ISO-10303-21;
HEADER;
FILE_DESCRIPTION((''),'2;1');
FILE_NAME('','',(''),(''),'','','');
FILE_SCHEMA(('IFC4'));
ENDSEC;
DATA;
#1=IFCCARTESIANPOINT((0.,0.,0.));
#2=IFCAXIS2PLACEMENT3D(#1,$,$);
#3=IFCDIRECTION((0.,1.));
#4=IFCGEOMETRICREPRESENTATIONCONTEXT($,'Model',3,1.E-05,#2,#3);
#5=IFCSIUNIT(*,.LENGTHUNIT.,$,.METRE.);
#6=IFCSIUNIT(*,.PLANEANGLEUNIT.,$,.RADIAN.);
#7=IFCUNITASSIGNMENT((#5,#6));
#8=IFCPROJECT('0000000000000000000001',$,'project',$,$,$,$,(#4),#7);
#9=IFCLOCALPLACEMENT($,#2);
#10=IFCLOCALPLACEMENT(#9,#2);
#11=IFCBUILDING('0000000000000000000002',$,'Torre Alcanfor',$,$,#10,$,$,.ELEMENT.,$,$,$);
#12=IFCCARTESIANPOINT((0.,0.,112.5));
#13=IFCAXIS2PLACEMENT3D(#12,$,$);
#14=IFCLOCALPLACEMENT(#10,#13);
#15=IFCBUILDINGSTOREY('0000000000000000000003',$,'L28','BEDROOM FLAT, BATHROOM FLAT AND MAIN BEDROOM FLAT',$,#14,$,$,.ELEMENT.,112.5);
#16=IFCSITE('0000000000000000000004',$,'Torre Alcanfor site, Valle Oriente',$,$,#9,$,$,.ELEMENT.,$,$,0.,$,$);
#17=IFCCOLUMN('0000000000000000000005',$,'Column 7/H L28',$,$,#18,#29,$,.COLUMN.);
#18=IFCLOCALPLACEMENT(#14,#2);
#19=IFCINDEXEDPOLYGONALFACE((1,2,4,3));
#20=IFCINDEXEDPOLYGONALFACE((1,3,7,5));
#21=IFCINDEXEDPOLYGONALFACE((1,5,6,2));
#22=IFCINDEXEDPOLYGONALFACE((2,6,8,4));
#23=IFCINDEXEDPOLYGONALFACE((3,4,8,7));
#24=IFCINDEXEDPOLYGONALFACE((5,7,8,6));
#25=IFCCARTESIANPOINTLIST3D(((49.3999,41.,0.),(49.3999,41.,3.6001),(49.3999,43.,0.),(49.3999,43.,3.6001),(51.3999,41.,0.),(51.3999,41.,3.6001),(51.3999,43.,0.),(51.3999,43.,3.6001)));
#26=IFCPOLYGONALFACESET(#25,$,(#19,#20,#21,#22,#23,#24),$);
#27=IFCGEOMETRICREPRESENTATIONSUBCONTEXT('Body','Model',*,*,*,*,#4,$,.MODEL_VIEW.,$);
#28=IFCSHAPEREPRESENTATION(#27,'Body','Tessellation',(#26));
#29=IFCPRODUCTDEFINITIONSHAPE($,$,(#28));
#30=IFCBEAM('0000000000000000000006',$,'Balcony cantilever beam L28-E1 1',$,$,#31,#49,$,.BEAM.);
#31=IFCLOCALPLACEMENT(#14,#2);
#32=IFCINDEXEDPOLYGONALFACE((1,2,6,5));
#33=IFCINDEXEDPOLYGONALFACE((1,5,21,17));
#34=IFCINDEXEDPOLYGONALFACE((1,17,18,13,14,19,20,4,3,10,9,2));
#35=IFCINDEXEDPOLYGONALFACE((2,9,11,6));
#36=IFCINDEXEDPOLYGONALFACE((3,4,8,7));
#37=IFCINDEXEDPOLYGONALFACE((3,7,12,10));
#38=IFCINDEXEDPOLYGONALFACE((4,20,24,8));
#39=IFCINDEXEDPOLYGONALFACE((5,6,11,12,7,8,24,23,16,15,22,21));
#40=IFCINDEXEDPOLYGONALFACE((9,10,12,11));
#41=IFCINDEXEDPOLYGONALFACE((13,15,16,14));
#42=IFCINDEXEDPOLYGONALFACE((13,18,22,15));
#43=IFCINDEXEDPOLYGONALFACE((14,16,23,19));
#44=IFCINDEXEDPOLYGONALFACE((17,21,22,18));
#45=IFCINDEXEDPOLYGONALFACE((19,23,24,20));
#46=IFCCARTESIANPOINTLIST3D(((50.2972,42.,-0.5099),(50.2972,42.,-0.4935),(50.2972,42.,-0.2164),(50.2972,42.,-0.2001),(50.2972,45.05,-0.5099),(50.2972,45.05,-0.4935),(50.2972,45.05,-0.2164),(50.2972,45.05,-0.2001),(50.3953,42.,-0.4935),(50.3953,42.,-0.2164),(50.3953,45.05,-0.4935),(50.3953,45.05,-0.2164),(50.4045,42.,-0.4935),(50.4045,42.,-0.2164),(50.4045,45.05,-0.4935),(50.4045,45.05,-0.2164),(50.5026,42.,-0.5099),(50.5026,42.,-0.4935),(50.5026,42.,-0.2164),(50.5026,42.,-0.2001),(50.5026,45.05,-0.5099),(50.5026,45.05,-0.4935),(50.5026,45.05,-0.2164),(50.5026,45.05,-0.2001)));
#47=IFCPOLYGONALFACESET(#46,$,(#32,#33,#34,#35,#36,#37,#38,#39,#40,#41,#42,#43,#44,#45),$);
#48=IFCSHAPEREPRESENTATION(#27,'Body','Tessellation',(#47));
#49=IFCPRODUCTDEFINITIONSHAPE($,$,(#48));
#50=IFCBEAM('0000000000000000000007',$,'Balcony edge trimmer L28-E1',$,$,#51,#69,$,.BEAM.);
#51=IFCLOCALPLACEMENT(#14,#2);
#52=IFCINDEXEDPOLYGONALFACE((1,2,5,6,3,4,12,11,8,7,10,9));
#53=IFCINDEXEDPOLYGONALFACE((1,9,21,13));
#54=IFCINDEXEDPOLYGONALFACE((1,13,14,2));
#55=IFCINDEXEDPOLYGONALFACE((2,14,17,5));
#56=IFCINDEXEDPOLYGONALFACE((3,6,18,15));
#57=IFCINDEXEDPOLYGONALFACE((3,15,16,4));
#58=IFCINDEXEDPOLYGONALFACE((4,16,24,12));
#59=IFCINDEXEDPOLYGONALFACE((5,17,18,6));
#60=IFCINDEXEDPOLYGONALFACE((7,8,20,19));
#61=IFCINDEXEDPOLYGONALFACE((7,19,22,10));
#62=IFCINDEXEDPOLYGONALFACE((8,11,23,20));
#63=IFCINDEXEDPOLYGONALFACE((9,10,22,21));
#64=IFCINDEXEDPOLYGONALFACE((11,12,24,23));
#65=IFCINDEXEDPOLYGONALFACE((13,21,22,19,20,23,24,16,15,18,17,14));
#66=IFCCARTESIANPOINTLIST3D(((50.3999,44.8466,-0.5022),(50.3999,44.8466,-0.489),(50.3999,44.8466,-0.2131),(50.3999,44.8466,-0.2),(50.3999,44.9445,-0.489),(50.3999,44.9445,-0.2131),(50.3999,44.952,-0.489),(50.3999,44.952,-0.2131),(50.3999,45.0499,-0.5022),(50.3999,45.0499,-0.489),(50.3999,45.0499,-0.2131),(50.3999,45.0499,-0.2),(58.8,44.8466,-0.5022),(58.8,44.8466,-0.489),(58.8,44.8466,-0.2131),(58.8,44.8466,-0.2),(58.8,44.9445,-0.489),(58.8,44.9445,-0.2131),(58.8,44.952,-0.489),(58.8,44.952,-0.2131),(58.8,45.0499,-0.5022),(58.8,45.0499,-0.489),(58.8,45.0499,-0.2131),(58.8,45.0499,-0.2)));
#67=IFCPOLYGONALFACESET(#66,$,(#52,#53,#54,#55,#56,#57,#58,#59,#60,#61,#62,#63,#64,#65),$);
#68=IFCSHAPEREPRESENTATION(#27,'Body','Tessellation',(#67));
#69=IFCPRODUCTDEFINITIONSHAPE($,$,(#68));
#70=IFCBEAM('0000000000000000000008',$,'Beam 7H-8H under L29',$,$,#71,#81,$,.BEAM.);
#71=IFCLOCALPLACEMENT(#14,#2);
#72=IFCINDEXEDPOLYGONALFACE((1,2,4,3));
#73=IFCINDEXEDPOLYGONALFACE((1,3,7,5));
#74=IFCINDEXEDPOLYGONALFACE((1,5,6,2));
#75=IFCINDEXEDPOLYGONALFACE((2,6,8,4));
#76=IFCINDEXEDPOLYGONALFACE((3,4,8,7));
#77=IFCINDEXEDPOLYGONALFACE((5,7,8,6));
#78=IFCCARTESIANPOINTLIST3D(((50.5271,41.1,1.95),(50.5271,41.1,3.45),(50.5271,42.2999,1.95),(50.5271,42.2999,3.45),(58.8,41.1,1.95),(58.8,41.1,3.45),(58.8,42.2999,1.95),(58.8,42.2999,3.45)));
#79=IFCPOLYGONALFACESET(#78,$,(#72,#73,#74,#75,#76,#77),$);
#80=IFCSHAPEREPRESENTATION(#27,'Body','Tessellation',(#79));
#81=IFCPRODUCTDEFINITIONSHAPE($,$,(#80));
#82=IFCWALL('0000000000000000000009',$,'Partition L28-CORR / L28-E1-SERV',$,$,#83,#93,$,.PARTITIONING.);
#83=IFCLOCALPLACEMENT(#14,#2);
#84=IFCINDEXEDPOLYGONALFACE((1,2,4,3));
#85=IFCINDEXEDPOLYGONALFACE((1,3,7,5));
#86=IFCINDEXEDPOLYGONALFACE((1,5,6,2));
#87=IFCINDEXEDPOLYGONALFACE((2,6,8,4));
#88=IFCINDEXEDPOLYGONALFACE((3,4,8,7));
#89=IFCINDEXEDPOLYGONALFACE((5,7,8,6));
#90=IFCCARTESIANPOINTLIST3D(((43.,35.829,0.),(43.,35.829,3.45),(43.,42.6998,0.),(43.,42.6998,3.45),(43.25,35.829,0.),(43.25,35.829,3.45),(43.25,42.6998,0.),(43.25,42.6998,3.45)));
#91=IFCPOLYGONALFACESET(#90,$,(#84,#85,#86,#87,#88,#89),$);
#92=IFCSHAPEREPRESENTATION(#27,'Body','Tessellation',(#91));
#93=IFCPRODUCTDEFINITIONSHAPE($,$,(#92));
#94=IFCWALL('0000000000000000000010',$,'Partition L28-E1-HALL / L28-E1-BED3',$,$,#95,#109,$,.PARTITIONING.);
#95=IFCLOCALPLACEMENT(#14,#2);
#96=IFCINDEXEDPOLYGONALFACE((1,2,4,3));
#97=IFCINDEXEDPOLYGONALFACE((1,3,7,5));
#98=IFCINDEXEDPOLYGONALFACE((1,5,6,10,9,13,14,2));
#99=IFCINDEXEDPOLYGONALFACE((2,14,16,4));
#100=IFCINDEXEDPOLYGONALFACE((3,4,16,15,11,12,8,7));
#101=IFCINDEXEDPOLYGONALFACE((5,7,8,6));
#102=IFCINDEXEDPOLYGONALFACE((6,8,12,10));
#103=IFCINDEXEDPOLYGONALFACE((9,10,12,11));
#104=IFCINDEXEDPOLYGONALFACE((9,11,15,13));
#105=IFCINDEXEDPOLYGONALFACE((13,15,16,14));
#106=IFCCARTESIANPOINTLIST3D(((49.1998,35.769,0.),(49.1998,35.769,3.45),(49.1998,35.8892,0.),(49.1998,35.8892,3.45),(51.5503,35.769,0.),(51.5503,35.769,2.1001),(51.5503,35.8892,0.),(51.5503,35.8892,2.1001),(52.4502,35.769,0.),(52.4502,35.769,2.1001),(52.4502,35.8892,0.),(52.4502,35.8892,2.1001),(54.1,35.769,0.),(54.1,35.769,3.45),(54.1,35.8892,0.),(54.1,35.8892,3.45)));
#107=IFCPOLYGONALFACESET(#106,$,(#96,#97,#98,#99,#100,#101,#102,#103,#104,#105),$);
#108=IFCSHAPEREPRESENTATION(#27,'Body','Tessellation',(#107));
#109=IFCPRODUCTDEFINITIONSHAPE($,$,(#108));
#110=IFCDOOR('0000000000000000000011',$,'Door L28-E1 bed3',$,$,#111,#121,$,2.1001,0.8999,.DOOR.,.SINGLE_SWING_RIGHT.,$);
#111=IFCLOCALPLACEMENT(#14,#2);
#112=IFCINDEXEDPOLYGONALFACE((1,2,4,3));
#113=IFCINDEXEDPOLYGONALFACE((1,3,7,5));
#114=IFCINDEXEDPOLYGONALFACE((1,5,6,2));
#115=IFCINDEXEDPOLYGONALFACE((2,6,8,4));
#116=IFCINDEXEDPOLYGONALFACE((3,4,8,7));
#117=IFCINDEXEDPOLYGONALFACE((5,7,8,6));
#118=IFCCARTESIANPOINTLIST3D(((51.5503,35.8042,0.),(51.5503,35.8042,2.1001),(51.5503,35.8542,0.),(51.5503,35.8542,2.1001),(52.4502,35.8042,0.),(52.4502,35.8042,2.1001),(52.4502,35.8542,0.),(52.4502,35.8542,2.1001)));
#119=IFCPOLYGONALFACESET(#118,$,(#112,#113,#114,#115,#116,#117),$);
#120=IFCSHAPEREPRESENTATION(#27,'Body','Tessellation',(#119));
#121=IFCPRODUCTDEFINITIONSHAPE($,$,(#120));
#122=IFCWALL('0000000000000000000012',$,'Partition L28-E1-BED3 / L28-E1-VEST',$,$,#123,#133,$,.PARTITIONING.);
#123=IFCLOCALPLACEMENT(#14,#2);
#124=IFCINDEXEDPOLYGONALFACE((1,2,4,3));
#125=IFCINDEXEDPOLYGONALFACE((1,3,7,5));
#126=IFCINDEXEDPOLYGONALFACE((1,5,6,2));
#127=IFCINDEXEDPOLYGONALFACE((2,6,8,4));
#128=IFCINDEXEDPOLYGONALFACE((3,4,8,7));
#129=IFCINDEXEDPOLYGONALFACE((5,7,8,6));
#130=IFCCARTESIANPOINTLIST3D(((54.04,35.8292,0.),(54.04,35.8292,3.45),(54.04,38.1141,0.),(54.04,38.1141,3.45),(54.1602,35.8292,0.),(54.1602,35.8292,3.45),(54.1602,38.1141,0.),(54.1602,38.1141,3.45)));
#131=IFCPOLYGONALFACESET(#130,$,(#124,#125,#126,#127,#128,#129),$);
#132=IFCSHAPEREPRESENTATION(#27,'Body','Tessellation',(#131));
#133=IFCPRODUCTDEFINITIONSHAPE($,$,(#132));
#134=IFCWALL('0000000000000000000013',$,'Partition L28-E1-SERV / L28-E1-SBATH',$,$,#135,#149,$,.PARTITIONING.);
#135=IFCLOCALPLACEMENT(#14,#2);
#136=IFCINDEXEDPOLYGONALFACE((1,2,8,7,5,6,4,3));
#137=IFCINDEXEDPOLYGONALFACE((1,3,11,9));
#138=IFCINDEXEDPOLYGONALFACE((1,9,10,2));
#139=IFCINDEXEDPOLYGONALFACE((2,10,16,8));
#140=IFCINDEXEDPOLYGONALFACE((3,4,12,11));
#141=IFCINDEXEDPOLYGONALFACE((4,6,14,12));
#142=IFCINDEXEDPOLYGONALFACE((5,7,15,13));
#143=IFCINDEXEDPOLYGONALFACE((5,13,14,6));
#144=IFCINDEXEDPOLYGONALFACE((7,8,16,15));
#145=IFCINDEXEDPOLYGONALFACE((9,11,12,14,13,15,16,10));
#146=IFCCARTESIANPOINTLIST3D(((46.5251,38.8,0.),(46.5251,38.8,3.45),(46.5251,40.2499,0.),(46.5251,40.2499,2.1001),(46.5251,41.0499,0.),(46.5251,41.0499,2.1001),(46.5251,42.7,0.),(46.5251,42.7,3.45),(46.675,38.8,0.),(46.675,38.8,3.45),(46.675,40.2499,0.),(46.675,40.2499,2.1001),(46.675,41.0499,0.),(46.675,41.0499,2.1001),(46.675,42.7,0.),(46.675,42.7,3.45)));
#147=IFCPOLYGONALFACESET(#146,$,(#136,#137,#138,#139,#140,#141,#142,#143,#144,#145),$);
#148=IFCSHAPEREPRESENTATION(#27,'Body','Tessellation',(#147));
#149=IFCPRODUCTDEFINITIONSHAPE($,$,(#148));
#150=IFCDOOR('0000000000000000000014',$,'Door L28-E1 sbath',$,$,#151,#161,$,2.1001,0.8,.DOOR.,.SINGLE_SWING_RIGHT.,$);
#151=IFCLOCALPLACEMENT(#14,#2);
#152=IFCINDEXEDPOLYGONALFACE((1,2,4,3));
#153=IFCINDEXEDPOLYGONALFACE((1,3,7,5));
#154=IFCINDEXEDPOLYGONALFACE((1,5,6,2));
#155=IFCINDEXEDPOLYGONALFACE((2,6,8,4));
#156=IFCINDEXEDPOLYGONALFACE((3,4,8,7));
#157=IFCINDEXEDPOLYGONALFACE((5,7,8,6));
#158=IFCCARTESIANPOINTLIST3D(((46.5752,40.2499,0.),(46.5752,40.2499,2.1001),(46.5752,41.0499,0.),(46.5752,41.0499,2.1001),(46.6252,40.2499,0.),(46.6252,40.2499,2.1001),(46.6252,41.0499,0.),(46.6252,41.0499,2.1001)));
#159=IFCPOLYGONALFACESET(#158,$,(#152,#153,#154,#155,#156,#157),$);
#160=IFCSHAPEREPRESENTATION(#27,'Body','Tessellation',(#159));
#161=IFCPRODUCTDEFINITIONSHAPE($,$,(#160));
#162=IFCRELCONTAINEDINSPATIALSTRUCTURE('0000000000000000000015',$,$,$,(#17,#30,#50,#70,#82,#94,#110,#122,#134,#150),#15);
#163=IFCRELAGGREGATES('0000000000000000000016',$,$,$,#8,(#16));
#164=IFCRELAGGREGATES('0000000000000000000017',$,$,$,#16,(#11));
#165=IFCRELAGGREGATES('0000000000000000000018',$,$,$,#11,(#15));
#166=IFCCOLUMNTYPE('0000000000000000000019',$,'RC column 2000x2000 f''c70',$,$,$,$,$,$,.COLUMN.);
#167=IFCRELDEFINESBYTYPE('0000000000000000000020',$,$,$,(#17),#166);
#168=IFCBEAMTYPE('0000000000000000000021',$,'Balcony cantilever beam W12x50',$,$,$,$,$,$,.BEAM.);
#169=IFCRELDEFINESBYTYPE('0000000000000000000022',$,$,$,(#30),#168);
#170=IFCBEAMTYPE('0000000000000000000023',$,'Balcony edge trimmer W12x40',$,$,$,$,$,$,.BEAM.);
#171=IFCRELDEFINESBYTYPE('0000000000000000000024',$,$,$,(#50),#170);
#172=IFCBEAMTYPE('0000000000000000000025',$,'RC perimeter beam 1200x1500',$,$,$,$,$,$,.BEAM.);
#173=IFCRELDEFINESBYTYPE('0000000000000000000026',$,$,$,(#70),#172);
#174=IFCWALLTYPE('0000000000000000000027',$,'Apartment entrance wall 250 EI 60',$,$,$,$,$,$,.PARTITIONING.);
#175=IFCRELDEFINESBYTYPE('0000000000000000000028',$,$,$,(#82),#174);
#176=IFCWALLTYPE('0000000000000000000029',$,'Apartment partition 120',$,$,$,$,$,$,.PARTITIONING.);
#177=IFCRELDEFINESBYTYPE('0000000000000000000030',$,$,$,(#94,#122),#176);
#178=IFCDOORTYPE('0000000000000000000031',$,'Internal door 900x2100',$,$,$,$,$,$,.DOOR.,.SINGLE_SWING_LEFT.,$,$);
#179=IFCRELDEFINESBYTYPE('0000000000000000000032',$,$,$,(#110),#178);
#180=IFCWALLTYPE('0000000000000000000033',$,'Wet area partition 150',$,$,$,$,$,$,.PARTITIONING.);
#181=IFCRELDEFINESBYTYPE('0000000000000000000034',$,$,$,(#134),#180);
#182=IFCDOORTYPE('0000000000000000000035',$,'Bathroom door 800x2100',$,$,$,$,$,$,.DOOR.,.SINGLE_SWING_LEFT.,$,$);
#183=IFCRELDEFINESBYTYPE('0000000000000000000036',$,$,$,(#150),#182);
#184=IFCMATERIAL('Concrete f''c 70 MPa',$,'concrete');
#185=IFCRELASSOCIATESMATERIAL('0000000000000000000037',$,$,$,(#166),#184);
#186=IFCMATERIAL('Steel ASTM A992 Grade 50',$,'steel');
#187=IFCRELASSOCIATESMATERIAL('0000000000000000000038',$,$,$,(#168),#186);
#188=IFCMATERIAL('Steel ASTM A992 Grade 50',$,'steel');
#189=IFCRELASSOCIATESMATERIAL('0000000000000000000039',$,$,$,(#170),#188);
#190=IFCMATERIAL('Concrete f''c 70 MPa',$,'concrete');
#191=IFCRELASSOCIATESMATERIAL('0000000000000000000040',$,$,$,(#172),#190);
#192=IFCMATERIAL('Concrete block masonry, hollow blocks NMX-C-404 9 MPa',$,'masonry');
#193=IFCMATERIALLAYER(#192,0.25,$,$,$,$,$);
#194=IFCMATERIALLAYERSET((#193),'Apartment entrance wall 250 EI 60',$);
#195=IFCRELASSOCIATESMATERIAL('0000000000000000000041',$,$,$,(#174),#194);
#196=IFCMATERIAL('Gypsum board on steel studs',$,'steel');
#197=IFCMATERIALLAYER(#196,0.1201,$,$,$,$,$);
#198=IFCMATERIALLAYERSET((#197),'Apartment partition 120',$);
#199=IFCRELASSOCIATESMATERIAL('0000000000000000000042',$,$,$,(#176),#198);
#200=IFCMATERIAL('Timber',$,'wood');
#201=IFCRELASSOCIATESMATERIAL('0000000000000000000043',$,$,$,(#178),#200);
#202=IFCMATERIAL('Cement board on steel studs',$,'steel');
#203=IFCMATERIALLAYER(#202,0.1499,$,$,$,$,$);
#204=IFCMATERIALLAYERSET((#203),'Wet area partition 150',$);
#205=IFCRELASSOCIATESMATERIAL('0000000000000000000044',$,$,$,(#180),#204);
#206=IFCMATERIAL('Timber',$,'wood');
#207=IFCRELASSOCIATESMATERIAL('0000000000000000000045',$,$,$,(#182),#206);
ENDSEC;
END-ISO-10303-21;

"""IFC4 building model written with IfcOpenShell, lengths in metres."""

from ifc_helpers import new_model, si_unit, direction, frame, frame_2d, origin, origin_2d, place, context, subcontext, project, spatial, rectangle, i_section, extrude, material, layer, layer_set, material_profile, profile_set, type_object, element, fill, save


model = new_model("IFC4")

# Units and contexts
model_context = context("Model", 3, precision=1e-05, world=origin(), true_north=direction((0.0, 1.0)))
body_context = subcontext(model_context, "Body", "Model", "MODEL_VIEW")
ifc_project = project(units=[si_unit("LENGTHUNIT", "METRE"), si_unit("PLANEANGLEUNIT", "RADIAN")], contexts=[model_context])

# Site, building, storey
site_placement = place(None, origin())
site = spatial("IfcSite", under=ifc_project, at=site_placement, Name="Torre Alcanfor site, Valle Oriente", CompositionType="ELEMENT", RefElevation=0.0)
building_placement = place(site_placement, origin())
building = spatial("IfcBuilding", under=site, at=building_placement, Name="Torre Alcanfor", CompositionType="ELEMENT")
storey_placement = place(building_placement, frame((0.0, 0.0, 112.5)))
storey = spatial("IfcBuildingStorey", under=building, at=storey_placement, Name="L28", Description="BEDROOM FLAT, BATHROOM FLAT AND MAIN BEDROOM FLAT", CompositionType="ELEMENT", Elevation=112.5)

# Column
ifc_material_1 = material(Name="Concrete f'c 70 MPa", Category="concrete")
ifc_material_profile_1 = material_profile(ifc_material_1, rectangle(XDim=2.0, YDim=2.0, at=origin_2d()), Name="2000x2000")
ifc_profile_set_1 = profile_set([ifc_material_profile_1], Name="Concrete f'c 70 MPa")
column_type = type_object("IfcColumnType", Name="RC column 2000x2000 f'c70", PredefinedType="COLUMN", material=ifc_profile_set_1)
column_placement = place(storey_placement, frame((50.3999, 42.0, 0.0), z_axis=(0.0, 0.0, 1.0), x_axis=(1.0, 0.0, 0.0)))
element("IfcColumn", 1, at=column_placement, inside=storey, type_object=column_type, Name="Column 7/H L28", PredefinedType="COLUMN", context=body_context, shape_type="SweptSolid", body=[
    extrude(rectangle(XDim=2.0, YDim=2.0, at=origin_2d()), origin(), (0.0, 0.0, 1.0), 3.6001),
])

# Beams
ifc_material_2 = material(Name="Steel ASTM A992 Grade 50", Category="steel")
ifc_material_profile_2 = material_profile(ifc_material_2, i_section(OverallWidth=0.2053, OverallDepth=0.3098, WebThickness=0.0093, FlangeThickness=0.0164, at=origin_2d()), Name="W12x50")
ifc_profile_set_2 = profile_set([ifc_material_profile_2], Name="Steel ASTM A992 Grade 50")
beam_type_1 = type_object("IfcBeamType", Name="Balcony cantilever beam W12x50", PredefinedType="BEAM", material=ifc_profile_set_2)
beam_1_placement = place(storey_placement, frame((50.3999, 42.0, -0.355), z_axis=(0.0, 1.0, 0.0), x_axis=(-1.0, 0.0, 0.0)))
element("IfcBeam", 2, at=beam_1_placement, inside=storey, type_object=beam_type_1, Name="Balcony cantilever beam L28-E1 1", PredefinedType="BEAM", context=body_context, shape_type="SweptSolid", body=[
    extrude(i_section(OverallWidth=0.2053, OverallDepth=0.3098, WebThickness=0.0093, FlangeThickness=0.0164, at=origin_2d()), origin(), (0.0, 0.0, 1.0), 3.05),
])
ifc_material_3 = material(Name="Steel ASTM A992 Grade 50", Category="steel")
ifc_material_profile_3 = material_profile(ifc_material_3, i_section(OverallWidth=0.2034, OverallDepth=0.3022, WebThickness=0.0076, FlangeThickness=0.0132, at=origin_2d()), Name="W12x40")
ifc_profile_set_3 = profile_set([ifc_material_profile_3], Name="Steel ASTM A992 Grade 50")
beam_type_2 = type_object("IfcBeamType", Name="Balcony edge trimmer W12x40", PredefinedType="BEAM", material=ifc_profile_set_3)
beam_2_placement = place(storey_placement, frame((50.3999, 44.9482, -0.3511), z_axis=(1.0, 0.0, 0.0), x_axis=(0.0, 1.0, 0.0)))
element("IfcBeam", 3, at=beam_2_placement, inside=storey, type_object=beam_type_2, Name="Balcony edge trimmer L28-E1", PredefinedType="BEAM", context=body_context, shape_type="SweptSolid", body=[
    extrude(i_section(OverallWidth=0.2034, OverallDepth=0.3022, WebThickness=0.0076, FlangeThickness=0.0132, at=origin_2d()), origin(), (0.0, 0.0, 1.0), 8.4001),
])
ifc_material_4 = material(Name="Concrete f'c 70 MPa", Category="concrete")
ifc_material_profile_4 = material_profile(ifc_material_4, rectangle(XDim=1.2, YDim=1.5, at=origin_2d()), Name="1200x1500")
ifc_profile_set_4 = profile_set([ifc_material_profile_4], Name="Concrete f'c 70 MPa")
beam_type_3 = type_object("IfcBeamType", Name="RC perimeter beam 1200x1500", PredefinedType="BEAM", material=ifc_profile_set_4)
beam_3_placement = place(storey_placement, frame((50.5271, 41.7, 2.7), z_axis=(1.0, 0.0, 0.0), x_axis=(0.0, 1.0, 0.0)))
element("IfcBeam", 4, at=beam_3_placement, inside=storey, type_object=beam_type_3, Name="Beam 7H-8H under L29", PredefinedType="BEAM", context=body_context, shape_type="SweptSolid", body=[
    extrude(rectangle(XDim=1.2, YDim=1.5, at=origin_2d()), origin(), (0.0, 0.0, 1.0), 8.2729),
])

# Wall
ifc_material_5 = material(Name="Concrete block masonry, hollow blocks NMX-C-404 9 MPa", Category="masonry")
ifc_layer_1 = layer(ifc_material_5, 0.25)
ifc_layer_set_1 = layer_set([ifc_layer_1], Name="Apartment entrance wall 250 EI 60")
wall_type_1 = type_object("IfcWallType", Name="Apartment entrance wall 250 EI 60", PredefinedType="PARTITIONING", material=ifc_layer_set_1)
wall_1_placement = place(storey_placement, frame((43.125, 42.7, 0.0), z_axis=(0.0, 0.0, 1.0), x_axis=(0.0, -1.0, 0.0)))
element("IfcWall", 5, at=wall_1_placement, inside=storey, type_object=wall_type_1, Name="Partition L28-CORR / L28-E1-SERV", PredefinedType="PARTITIONING", context=body_context, shape_type="SweptSolid", body=[
    extrude(rectangle(XDim=6.8708, YDim=0.25, at=frame_2d((3.4355, 0.0))), origin(), (0.0, 0.0, 1.0), 3.45),
])

# Wall, opening, door
ifc_material_6 = material(Name="Gypsum board on steel studs", Category="steel")
ifc_layer_2 = layer(ifc_material_6, 0.1201)
ifc_layer_set_2 = layer_set([ifc_layer_2], Name="Apartment partition 120")
wall_type_2 = type_object("IfcWallType", Name="Apartment partition 120", PredefinedType="PARTITIONING", material=ifc_layer_set_2)
wall_2_placement = place(storey_placement, frame((54.1001, 35.8291, 0.0), z_axis=(0.0, 0.0, 1.0), x_axis=(-1.0, 0.0, 0.0)))
wall_2 = element("IfcWall", 6, at=wall_2_placement, inside=storey, type_object=wall_type_2, Name="Partition L28-E1-HALL / L28-E1-BED3", PredefinedType="PARTITIONING", context=body_context, shape_type="SweptSolid", body=[
    extrude(rectangle(XDim=4.9001, YDim=0.1201, at=frame_2d((2.4502, 0.0))), origin(), (0.0, 0.0, 1.0), 3.45),
])
opening_1_placement = place(wall_2_placement, frame((1.6499, 0.0, 0.0)))
opening_1 = element("IfcOpeningElement", 7, at=opening_1_placement, cuts=wall_2, PredefinedType="OPENING", context=body_context, shape_type="SweptSolid", body=[
    extrude(rectangle(XDim=0.8999, YDim=2.1001, at=frame_2d((0.45, 1.05))), frame((0.0, 0.0701, 0.0), z_axis=(0.0, -1.0, 0.0), x_axis=(1.0, 0.0, 0.0)), (0.0, 0.0, 1.0), 0.1401),
])
ifc_material_7 = material(Name="Timber", Category="wood")
door_type_1 = type_object("IfcDoorType", Name="Internal door 900x2100", OperationType="SINGLE_SWING_LEFT", PredefinedType="DOOR", material=ifc_material_7)
door_1_placement = place(opening_1_placement, frame((0.8999, 0.0, 0.0), z_axis=(0.0, 0.0, 1.0), x_axis=(-1.0, 0.0, 0.0)))
door_1 = element("IfcDoor", 8, at=door_1_placement, inside=storey, type_object=door_type_1, Name="Door L28-E1 bed3", OperationType="SINGLE_SWING_RIGHT", OverallHeight=2.1001, OverallWidth=0.8999, PredefinedType="DOOR", context=body_context, shape_type="SweptSolid", body=[
    extrude(rectangle(XDim=0.8999, YDim=2.1001, at=frame_2d((0.45, 1.05))), frame((0.0, 0.0251, 0.0), z_axis=(0.0, -1.0, 0.0), x_axis=(1.0, 0.0, 0.0)), (0.0, 0.0, 1.0), 0.05),
])
fill(opening_1, door_1)

# Wall
wall_3_placement = place(storey_placement, frame((54.1001, 35.8291, 0.0), z_axis=(0.0, 0.0, 1.0), x_axis=(0.0, 1.0, 0.0)))
element("IfcWall", 9, at=wall_3_placement, inside=storey, type_object=wall_type_2, Name="Partition L28-E1-BED3 / L28-E1-VEST", PredefinedType="PARTITIONING", context=body_context, shape_type="SweptSolid", body=[
    extrude(rectangle(XDim=2.2849, YDim=0.1201, at=frame_2d((1.1426, 0.0))), origin(), (0.0, 0.0, 1.0), 3.45),
])

# Wall, opening, door
ifc_material_8 = material(Name="Cement board on steel studs", Category="steel")
ifc_layer_3 = layer(ifc_material_8, 0.1499)
ifc_layer_set_3 = layer_set([ifc_layer_3], Name="Wet area partition 150")
wall_type_3 = type_object("IfcWallType", Name="Wet area partition 150", PredefinedType="PARTITIONING", material=ifc_layer_set_3)
wall_4_placement = place(storey_placement, frame((46.6001, 38.8, 0.0), z_axis=(0.0, 0.0, 1.0), x_axis=(0.0, 1.0, 0.0)))
wall_4 = element("IfcWall", 10, at=wall_4_placement, inside=storey, type_object=wall_type_3, Name="Partition L28-E1-SERV / L28-E1-SBATH", PredefinedType="PARTITIONING", context=body_context, shape_type="SweptSolid", body=[
    extrude(rectangle(XDim=3.8999, YDim=0.1499, at=frame_2d((1.95, 0.0))), origin(), (0.0, 0.0, 1.0), 3.45),
])
opening_2_placement = place(wall_4_placement, frame((1.45, 0.0, 0.0)))
opening_2 = element("IfcOpeningElement", 11, at=opening_2_placement, cuts=wall_4, PredefinedType="OPENING", context=body_context, shape_type="SweptSolid", body=[
    extrude(rectangle(XDim=0.8, YDim=2.1001, at=frame_2d((0.3999, 1.05))), frame((0.0, 0.085, 0.0), z_axis=(0.0, -1.0, 0.0), x_axis=(1.0, 0.0, 0.0)), (0.0, 0.0, 1.0), 0.1699),
])
ifc_material_9 = material(Name="Timber", Category="wood")
door_type_2 = type_object("IfcDoorType", Name="Bathroom door 800x2100", OperationType="SINGLE_SWING_LEFT", PredefinedType="DOOR", material=ifc_material_9)
door_2_placement = place(opening_2_placement, frame((0.8, 0.0, 0.0), z_axis=(0.0, 0.0, 1.0), x_axis=(-1.0, 0.0, 0.0)))
door_2 = element("IfcDoor", 12, at=door_2_placement, inside=storey, type_object=door_type_2, Name="Door L28-E1 sbath", OperationType="SINGLE_SWING_RIGHT", OverallHeight=2.1001, OverallWidth=0.8, PredefinedType="DOOR", context=body_context, shape_type="SweptSolid", body=[
    extrude(rectangle(XDim=0.8, YDim=2.1001, at=frame_2d((0.4001, 1.05))), frame((0.0, 0.0251, 0.0), z_axis=(0.0, -1.0, 0.0), x_axis=(1.0, 0.0, 0.0)), (0.0, 0.0, 1.0), 0.05),
])
fill(opening_2, door_2)

save(model, "model.ifc")
